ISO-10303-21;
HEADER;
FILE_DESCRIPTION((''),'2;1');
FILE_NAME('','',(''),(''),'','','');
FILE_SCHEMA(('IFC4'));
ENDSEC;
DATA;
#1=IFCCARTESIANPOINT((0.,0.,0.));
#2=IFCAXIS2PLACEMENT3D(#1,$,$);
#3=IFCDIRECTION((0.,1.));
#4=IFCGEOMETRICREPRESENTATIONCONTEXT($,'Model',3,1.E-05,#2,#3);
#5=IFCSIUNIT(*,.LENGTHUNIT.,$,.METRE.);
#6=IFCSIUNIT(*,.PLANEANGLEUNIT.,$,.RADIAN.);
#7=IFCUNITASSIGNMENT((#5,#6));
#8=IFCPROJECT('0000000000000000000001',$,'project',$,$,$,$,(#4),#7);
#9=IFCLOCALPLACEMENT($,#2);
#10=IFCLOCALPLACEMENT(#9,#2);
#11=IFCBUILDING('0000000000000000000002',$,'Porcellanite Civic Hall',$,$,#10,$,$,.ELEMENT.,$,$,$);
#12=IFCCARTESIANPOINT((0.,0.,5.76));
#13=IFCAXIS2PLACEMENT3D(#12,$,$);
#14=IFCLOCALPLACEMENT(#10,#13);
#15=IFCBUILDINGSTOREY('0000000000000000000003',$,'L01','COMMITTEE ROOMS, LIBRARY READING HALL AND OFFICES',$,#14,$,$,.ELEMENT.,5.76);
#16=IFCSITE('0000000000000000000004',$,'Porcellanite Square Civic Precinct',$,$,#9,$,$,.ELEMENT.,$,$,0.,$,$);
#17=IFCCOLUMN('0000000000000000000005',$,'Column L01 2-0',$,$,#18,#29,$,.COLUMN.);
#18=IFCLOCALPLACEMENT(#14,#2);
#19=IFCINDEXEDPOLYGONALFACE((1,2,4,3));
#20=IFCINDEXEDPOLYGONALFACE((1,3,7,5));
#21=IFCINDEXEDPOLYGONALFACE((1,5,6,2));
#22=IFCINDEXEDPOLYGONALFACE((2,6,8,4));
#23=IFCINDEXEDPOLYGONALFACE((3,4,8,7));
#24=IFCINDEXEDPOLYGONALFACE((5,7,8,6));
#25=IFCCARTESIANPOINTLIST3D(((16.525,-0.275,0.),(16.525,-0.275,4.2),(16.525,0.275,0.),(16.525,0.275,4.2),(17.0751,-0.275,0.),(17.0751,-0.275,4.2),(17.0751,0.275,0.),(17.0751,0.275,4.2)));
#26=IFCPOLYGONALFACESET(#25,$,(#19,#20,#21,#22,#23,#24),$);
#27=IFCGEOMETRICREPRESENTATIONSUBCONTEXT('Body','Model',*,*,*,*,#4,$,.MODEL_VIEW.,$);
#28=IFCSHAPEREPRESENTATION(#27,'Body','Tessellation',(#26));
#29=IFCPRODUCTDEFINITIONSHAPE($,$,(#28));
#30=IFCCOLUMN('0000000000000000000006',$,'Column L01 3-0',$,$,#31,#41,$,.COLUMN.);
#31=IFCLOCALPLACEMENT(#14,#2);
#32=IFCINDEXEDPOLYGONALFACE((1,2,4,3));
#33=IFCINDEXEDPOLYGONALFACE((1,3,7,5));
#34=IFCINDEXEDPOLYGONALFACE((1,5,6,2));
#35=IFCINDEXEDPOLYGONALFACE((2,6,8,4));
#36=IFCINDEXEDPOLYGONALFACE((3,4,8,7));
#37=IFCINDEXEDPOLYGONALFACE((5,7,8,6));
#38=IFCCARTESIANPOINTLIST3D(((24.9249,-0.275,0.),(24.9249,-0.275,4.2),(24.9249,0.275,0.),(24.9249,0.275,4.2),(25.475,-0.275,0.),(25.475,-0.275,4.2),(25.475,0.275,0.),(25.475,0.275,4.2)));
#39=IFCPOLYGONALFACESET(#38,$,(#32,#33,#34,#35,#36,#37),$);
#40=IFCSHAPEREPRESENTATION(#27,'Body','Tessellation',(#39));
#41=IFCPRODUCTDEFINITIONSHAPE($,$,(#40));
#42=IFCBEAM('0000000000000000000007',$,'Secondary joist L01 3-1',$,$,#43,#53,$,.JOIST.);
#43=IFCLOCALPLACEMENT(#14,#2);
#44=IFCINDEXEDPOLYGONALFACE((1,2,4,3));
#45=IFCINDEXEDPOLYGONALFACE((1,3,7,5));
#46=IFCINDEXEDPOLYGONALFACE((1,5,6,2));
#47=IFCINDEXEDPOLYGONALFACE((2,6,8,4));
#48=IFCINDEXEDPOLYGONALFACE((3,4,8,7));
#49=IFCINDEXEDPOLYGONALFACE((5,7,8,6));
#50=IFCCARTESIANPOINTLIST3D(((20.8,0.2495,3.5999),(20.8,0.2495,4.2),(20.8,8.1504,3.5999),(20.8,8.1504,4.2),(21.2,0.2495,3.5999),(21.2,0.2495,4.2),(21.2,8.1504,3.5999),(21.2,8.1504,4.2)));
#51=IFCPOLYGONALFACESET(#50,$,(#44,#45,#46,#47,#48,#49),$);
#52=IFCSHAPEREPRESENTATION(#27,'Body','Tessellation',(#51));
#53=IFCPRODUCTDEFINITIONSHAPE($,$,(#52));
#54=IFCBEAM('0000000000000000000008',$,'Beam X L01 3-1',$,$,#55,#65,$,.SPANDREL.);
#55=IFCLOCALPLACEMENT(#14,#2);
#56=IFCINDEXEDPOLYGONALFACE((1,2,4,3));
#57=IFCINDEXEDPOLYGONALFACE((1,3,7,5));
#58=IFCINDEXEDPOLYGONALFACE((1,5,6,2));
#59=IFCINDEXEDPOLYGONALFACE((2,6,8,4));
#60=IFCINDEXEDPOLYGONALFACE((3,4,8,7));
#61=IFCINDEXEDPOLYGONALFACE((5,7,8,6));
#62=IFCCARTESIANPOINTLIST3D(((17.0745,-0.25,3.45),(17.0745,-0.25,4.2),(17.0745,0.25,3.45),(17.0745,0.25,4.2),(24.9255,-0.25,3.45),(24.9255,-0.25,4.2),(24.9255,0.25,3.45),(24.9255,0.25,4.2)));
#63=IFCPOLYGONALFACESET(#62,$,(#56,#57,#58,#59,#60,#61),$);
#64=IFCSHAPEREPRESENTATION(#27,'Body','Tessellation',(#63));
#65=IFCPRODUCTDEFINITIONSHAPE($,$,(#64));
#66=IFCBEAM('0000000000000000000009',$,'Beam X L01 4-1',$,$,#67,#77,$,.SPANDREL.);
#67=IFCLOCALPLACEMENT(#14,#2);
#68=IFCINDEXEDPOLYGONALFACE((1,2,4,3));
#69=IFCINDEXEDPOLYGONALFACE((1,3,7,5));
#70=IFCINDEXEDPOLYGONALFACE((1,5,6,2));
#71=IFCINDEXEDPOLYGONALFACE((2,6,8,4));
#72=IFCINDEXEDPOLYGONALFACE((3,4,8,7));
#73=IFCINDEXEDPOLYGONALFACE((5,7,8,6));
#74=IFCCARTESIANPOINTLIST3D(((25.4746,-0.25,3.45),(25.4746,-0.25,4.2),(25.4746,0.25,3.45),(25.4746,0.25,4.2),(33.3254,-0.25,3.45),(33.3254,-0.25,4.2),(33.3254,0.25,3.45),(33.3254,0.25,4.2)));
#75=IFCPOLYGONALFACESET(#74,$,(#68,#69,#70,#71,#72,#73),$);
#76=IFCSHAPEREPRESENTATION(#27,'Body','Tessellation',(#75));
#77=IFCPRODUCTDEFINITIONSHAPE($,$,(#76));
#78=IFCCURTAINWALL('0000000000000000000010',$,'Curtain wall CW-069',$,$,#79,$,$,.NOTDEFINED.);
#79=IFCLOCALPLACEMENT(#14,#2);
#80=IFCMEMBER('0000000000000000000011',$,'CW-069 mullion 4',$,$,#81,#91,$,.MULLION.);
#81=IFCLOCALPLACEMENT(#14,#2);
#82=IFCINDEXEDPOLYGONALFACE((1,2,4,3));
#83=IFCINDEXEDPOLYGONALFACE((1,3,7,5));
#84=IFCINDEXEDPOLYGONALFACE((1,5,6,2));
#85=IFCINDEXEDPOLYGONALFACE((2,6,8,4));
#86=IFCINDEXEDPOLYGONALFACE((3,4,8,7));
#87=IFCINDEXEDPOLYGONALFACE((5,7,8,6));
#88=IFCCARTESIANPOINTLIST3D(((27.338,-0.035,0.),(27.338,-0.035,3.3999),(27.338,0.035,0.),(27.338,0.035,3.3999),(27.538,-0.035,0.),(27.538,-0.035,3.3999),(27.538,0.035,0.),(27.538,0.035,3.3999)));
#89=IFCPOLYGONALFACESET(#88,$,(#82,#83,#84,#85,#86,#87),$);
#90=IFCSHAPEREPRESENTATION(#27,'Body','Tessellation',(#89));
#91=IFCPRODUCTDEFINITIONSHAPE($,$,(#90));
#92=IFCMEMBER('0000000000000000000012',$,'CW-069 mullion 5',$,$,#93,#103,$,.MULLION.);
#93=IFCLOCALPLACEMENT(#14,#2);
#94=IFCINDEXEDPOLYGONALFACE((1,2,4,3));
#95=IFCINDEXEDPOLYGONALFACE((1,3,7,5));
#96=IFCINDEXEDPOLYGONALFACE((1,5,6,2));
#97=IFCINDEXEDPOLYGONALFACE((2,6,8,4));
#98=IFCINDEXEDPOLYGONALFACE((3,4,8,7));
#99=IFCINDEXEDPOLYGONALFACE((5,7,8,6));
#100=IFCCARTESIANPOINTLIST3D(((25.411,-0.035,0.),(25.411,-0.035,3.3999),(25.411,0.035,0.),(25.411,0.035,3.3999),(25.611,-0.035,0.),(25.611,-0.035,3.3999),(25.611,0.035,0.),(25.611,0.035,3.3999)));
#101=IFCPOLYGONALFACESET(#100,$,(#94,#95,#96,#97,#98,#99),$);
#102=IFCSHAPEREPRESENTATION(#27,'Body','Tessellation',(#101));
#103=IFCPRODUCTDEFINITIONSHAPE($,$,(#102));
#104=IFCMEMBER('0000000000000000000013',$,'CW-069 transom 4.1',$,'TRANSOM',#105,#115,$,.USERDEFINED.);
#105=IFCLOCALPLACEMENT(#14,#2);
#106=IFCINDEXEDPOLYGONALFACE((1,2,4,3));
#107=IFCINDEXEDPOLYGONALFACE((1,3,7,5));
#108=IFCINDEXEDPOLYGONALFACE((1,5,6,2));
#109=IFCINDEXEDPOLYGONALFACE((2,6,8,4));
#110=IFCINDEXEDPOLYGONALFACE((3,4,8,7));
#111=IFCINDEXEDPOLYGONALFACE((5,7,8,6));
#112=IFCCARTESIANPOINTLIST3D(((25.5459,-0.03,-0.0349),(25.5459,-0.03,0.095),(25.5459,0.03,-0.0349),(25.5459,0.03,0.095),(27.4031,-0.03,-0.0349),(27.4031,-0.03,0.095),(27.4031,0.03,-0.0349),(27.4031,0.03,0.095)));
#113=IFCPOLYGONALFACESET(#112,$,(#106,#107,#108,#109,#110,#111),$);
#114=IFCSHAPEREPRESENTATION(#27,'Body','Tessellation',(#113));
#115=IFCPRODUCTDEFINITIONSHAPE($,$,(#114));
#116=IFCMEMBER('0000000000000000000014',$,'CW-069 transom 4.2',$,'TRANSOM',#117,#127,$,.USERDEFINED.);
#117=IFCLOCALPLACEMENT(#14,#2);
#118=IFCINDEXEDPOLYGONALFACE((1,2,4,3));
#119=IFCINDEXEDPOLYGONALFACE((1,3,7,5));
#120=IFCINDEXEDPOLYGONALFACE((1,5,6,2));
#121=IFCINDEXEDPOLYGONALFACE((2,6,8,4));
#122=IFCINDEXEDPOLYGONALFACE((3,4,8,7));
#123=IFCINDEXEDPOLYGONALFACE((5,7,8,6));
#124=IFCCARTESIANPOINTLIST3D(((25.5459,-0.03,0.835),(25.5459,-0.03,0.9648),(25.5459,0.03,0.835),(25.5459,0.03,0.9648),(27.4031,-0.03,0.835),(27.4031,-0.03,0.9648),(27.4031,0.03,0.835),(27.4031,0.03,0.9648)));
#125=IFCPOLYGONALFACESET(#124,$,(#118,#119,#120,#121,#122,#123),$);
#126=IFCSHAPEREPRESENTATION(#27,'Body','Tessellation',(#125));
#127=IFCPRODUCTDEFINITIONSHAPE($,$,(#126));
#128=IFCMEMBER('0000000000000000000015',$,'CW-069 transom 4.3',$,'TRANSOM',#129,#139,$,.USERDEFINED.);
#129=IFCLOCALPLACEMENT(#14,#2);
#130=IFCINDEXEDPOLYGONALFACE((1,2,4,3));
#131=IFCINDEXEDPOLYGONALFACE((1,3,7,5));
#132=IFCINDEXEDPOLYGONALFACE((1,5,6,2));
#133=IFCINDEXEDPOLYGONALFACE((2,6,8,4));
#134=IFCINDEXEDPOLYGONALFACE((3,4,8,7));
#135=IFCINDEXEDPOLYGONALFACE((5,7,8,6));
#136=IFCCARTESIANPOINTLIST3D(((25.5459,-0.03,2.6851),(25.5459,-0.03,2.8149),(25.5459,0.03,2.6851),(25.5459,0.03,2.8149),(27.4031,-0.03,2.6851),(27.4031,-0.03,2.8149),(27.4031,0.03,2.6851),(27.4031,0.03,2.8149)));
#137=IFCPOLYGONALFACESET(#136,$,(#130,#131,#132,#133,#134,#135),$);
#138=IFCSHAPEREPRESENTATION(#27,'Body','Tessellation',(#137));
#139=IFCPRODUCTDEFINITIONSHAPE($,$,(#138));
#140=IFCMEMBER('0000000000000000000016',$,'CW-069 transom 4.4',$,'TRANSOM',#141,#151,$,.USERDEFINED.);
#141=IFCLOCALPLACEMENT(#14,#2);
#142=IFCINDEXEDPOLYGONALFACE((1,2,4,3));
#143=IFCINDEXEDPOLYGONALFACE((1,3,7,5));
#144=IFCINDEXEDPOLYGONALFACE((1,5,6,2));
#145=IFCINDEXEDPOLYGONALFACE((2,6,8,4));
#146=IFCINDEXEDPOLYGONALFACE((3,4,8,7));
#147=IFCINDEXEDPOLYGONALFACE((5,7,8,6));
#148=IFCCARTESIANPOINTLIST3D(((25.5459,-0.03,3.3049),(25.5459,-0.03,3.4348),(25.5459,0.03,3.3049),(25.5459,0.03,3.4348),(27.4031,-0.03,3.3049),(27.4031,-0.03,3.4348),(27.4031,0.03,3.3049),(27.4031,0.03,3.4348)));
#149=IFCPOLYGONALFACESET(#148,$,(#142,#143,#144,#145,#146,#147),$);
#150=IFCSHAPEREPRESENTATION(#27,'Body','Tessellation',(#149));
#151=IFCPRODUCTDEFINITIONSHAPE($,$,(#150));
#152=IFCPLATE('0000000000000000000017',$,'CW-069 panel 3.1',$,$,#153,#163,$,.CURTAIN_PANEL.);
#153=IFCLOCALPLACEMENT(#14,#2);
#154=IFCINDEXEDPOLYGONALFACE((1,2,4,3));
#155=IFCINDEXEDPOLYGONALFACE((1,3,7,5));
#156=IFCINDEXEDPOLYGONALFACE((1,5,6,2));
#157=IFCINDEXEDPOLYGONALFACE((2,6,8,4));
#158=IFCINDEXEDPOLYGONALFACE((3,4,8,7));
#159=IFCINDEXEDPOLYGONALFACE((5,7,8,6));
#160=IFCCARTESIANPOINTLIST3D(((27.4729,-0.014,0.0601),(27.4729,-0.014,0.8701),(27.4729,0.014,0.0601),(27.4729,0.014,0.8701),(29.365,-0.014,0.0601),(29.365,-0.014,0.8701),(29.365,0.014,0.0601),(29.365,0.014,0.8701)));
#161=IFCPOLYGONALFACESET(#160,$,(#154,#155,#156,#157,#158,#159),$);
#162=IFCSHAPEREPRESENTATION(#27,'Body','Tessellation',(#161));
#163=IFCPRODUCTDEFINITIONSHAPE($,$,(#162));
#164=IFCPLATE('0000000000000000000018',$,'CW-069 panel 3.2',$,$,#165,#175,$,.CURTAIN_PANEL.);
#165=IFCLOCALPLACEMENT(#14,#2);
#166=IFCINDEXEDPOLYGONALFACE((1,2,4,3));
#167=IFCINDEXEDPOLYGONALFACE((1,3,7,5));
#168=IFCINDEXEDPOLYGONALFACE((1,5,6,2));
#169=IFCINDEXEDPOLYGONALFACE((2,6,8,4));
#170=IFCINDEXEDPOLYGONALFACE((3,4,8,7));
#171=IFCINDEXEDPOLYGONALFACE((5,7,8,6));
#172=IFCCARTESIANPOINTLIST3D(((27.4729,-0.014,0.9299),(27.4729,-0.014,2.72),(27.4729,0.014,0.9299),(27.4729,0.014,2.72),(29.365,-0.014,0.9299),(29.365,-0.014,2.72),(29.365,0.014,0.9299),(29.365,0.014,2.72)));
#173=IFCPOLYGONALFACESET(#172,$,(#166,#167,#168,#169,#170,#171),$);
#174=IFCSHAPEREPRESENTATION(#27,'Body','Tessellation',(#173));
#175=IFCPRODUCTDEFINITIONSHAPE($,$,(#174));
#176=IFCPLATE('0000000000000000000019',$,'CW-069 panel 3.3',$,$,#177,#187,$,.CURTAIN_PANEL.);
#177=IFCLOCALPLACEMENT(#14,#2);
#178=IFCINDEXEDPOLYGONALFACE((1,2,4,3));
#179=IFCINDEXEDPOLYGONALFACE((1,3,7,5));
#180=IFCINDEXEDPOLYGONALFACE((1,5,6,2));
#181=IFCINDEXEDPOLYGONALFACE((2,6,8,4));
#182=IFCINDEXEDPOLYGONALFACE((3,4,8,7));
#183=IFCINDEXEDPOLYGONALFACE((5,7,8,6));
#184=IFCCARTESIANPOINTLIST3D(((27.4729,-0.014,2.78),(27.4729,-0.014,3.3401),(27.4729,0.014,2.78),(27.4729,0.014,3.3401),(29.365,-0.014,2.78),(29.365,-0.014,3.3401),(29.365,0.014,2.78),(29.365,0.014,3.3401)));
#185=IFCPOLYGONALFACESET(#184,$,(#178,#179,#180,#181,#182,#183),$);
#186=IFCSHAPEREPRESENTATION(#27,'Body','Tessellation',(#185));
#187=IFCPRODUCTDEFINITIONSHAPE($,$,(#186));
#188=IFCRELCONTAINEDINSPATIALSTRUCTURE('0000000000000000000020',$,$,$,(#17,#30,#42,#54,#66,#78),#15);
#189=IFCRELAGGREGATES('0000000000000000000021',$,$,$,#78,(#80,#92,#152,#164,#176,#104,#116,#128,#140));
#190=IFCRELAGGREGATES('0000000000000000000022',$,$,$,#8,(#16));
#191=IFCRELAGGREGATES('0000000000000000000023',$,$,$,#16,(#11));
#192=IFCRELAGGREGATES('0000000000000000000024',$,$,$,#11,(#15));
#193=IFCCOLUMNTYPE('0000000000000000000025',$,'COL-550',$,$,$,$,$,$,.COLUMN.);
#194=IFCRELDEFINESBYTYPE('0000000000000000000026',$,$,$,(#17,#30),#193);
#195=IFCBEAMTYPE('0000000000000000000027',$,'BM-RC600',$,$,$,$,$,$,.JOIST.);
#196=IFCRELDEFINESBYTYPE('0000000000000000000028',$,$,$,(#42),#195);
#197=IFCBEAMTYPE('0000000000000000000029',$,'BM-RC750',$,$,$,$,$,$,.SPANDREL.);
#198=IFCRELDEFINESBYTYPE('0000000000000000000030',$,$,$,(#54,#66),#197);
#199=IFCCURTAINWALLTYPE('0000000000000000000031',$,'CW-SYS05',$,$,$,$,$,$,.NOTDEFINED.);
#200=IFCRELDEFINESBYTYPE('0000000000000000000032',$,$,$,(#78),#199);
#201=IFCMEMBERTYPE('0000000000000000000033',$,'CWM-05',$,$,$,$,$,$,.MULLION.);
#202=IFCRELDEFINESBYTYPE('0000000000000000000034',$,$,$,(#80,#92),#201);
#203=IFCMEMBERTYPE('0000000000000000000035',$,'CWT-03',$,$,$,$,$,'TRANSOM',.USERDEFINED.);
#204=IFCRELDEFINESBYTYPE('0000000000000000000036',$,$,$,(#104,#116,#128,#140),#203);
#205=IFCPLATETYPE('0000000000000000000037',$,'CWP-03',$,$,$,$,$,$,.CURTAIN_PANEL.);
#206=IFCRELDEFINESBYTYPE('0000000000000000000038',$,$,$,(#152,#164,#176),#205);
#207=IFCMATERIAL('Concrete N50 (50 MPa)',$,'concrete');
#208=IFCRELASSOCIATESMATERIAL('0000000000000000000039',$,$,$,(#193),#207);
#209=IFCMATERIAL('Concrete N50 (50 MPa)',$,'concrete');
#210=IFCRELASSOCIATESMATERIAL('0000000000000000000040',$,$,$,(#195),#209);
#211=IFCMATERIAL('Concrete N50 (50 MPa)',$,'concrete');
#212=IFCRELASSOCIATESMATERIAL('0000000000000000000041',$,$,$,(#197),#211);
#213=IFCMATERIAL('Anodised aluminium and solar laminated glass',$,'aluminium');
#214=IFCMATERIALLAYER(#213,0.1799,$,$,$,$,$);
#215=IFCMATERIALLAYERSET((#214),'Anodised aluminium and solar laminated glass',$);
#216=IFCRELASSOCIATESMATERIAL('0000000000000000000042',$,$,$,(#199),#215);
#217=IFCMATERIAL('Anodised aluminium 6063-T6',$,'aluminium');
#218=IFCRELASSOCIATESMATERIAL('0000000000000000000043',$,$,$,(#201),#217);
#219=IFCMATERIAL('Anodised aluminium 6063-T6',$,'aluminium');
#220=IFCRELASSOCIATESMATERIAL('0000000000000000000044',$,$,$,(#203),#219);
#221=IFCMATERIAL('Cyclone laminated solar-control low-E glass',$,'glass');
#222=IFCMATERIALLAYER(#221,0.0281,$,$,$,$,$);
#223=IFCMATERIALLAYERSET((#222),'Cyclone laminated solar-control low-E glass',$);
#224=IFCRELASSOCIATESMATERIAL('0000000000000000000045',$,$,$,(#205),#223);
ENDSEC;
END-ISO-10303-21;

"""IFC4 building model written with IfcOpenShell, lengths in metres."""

from ifc_helpers import new_model, si_unit, direction, frame, origin, origin_2d, place, context, subcontext, project, spatial, rectangle, extrude, material, layer, layer_set, material_profile, profile_set, type_object, element, aggregate, save


model = new_model("IFC4")

# Units and contexts
model_context = context("Model", 3, precision=1e-05, world=origin(), true_north=direction((0.0, 1.0)))
body_context = subcontext(model_context, "Body", "Model", "MODEL_VIEW")
ifc_project = project(units=[si_unit("LENGTHUNIT", "METRE"), si_unit("PLANEANGLEUNIT", "RADIAN")], contexts=[model_context])

# Site, building, storey
site_placement = place(None, origin())
site = spatial("IfcSite", under=ifc_project, at=site_placement, Name="Porcellanite Square Civic Precinct", CompositionType="ELEMENT", RefElevation=0.0)
building_placement = place(site_placement, origin())
building = spatial("IfcBuilding", under=site, at=building_placement, Name="Porcellanite Civic Hall", CompositionType="ELEMENT")
storey_placement = place(building_placement, frame((0.0, 0.0, 5.76)))
storey = spatial("IfcBuildingStorey", under=building, at=storey_placement, Name="L01", Description="COMMITTEE ROOMS, LIBRARY READING HALL AND OFFICES", CompositionType="ELEMENT", Elevation=5.76)

# Columns
ifc_material_1 = material(Name="Concrete N50 (50 MPa)", Category="concrete")
ifc_material_profile_1 = material_profile(ifc_material_1, rectangle(XDim=0.55, YDim=0.55, at=origin_2d()), Name="RC-550x550")
ifc_profile_set_1 = profile_set([ifc_material_profile_1], Name="Concrete N50 (50 MPa)")
column_type = type_object("IfcColumnType", Name="COL-550", PredefinedType="COLUMN", material=ifc_profile_set_1)
for number, where, z_axis, x_axis, name in (
    (1, (16.8, 0.0, 0.0), (0.0, 0.0, 1.0), (1.0, 0.0, 0.0), "Column L01 2-0"),
    (2, (25.2, 0.0, 0.0), (0.0, 0.0, 1.0), (1.0, 0.0, 0.0), "Column L01 3-0"),
):
    element("IfcColumn", number, at=place(storey_placement, frame(where, z_axis=z_axis, x_axis=x_axis)), inside=storey, type_object=column_type, Name=name, PredefinedType="COLUMN", context=body_context, shape_type="SweptSolid", body=[
        extrude(rectangle(XDim=0.55, YDim=0.55, at=origin_2d()), origin(), (0.0, 0.0, 1.0), 4.2),
    ])

# Beams
ifc_material_2 = material(Name="Concrete N50 (50 MPa)", Category="concrete")
ifc_material_profile_2 = material_profile(ifc_material_2, rectangle(XDim=0.3999, YDim=0.6001, at=origin_2d()), Name="RC-400x600")
ifc_profile_set_2 = profile_set([ifc_material_profile_2], Name="Concrete N50 (50 MPa)")
beam_type_1 = type_object("IfcBeamType", Name="BM-RC600", PredefinedType="JOIST", material=ifc_profile_set_2)
beam_1_placement = place(storey_placement, frame((21.0, 0.2495, 3.8999), z_axis=(0.0, 1.0, 0.0), x_axis=(-1.0, 0.0, 0.0)))
element("IfcBeam", 3, at=beam_1_placement, inside=storey, type_object=beam_type_1, Name="Secondary joist L01 3-1", PredefinedType="JOIST", context=body_context, shape_type="SweptSolid", body=[
    extrude(rectangle(XDim=0.3999, YDim=0.6001, at=origin_2d()), origin(), (0.0, 0.0, 1.0), 7.9009),
])
ifc_material_3 = material(Name="Concrete N50 (50 MPa)", Category="concrete")
ifc_material_profile_3 = material_profile(ifc_material_3, rectangle(XDim=0.5, YDim=0.75, at=origin_2d()), Name="RC-500x750")
ifc_profile_set_3 = profile_set([ifc_material_profile_3], Name="Concrete N50 (50 MPa)")
beam_type_2 = type_object("IfcBeamType", Name="BM-RC750", PredefinedType="SPANDREL", material=ifc_profile_set_3)
beam_2_placement = place(storey_placement, frame((17.0745, 0.0, 3.825), z_axis=(1.0, 0.0, 0.0), x_axis=(0.0, 1.0, 0.0)))
element("IfcBeam", 4, at=beam_2_placement, inside=storey, type_object=beam_type_2, Name="Beam X L01 3-1", PredefinedType="SPANDREL", context=body_context, shape_type="SweptSolid", body=[
    extrude(rectangle(XDim=0.5, YDim=0.75, at=origin_2d()), origin(), (0.0, 0.0, 1.0), 7.8511),
])
beam_3_placement = place(storey_placement, frame((25.4746, 0.0, 3.825), z_axis=(1.0, 0.0, 0.0), x_axis=(0.0, 1.0, 0.0)))
element("IfcBeam", 5, at=beam_3_placement, inside=storey, type_object=beam_type_2, Name="Beam X L01 4-1", PredefinedType="SPANDREL", context=body_context, shape_type="SweptSolid", body=[
    extrude(rectangle(XDim=0.5, YDim=0.75, at=origin_2d()), origin(), (0.0, 0.0, 1.0), 7.8508),
])

# Curtain wall, members, plates
ifc_material_4 = material(Name="Anodised aluminium and solar laminated glass", Category="aluminium")
ifc_layer_1 = layer(ifc_material_4, 0.1799)
ifc_layer_set_1 = layer_set([ifc_layer_1], Name="Anodised aluminium and solar laminated glass")
curtain_wall_type = type_object("IfcCurtainWallType", Name="CW-SYS05", PredefinedType="NOTDEFINED", material=ifc_layer_set_1)
curtain_wall_placement = place(storey_placement, origin())
curtain_wall = element("IfcCurtainWall", 6, at=curtain_wall_placement, inside=storey, type_object=curtain_wall_type, Name="Curtain wall CW-069", PredefinedType="NOTDEFINED")
ifc_material_5 = material(Name="Anodised aluminium 6063-T6", Category="aluminium")
ifc_material_profile_4 = material_profile(ifc_material_5, rectangle(XDim=0.0701, YDim=0.2, at=origin_2d()), Name="AL-70x200")
ifc_profile_set_4 = profile_set([ifc_material_profile_4], Name="Anodised aluminium 6063-T6")
member_type_1 = type_object("IfcMemberType", Name="CWM-05", PredefinedType="MULLION", material=ifc_profile_set_4)
member_1_placement = place(storey_placement, frame((27.438, 0.0, 0.0), z_axis=(0.0, 0.0, 1.0), x_axis=(0.0, -1.0, 0.0)))
member_1 = element("IfcMember", 7, at=member_1_placement, type_object=member_type_1, Name="CW-069 mullion 4", PredefinedType="MULLION", context=body_context, shape_type="SweptSolid", body=[
    extrude(rectangle(XDim=0.0701, YDim=0.2, at=origin_2d()), origin(), (0.0, 0.0, 1.0), 3.3999),
])
member_2_placement = place(storey_placement, frame((25.511, 0.0, 0.0), z_axis=(0.0, 0.0, 1.0), x_axis=(0.0, -1.0, 0.0)))
member_2 = element("IfcMember", 8, at=member_2_placement, type_object=member_type_1, Name="CW-069 mullion 5", PredefinedType="MULLION", context=body_context, shape_type="SweptSolid", body=[
    extrude(rectangle(XDim=0.0701, YDim=0.2, at=origin_2d()), origin(), (0.0, 0.0, 1.0), 3.3999),
])
ifc_material_6 = material(Name="Anodised aluminium 6063-T6", Category="aluminium")
ifc_material_profile_5 = material_profile(ifc_material_6, rectangle(XDim=0.0601, YDim=0.1299, at=origin_2d()), Name="AL-60x130")
ifc_profile_set_5 = profile_set([ifc_material_profile_5], Name="Anodised aluminium 6063-T6")
member_type_2 = type_object("IfcMemberType", Name="CWT-03", ElementType="TRANSOM", PredefinedType="USERDEFINED", material=ifc_profile_set_5)
member_3_placement = place(storey_placement, frame((27.4031, 0.0, 0.03), z_axis=(-1.0, 0.0, 0.0), x_axis=(0.0, -1.0, 0.0)))
member_3 = element("IfcMember", 9, at=member_3_placement, type_object=member_type_2, Name="CW-069 transom 4.1", ObjectType="TRANSOM", PredefinedType="USERDEFINED", context=body_context, shape_type="SweptSolid", body=[
    extrude(rectangle(XDim=0.0601, YDim=0.1299, at=origin_2d()), origin(), (0.0, 0.0, 1.0), 1.8572),
])
member_4_placement = place(storey_placement, frame((27.4031, 0.0, 0.8999), z_axis=(-1.0, 0.0, 0.0), x_axis=(0.0, -1.0, 0.0)))
member_4 = element("IfcMember", 10, at=member_4_placement, type_object=member_type_2, Name="CW-069 transom 4.2", ObjectType="TRANSOM", PredefinedType="USERDEFINED", context=body_context, shape_type="SweptSolid", body=[
    extrude(rectangle(XDim=0.0601, YDim=0.1299, at=origin_2d()), origin(), (0.0, 0.0, 1.0), 1.8572),
])
member_5_placement = place(storey_placement, frame((27.4031, 0.0, 2.75), z_axis=(-1.0, 0.0, 0.0), x_axis=(0.0, -1.0, 0.0)))
member_5 = element("IfcMember", 11, at=member_5_placement, type_object=member_type_2, Name="CW-069 transom 4.3", ObjectType="TRANSOM", PredefinedType="USERDEFINED", context=body_context, shape_type="SweptSolid", body=[
    extrude(rectangle(XDim=0.0601, YDim=0.1299, at=origin_2d()), origin(), (0.0, 0.0, 1.0), 1.8572),
])
member_6_placement = place(storey_placement, frame((27.4031, 0.0, 3.3699), z_axis=(-1.0, 0.0, 0.0), x_axis=(0.0, -1.0, 0.0)))
member_6 = element("IfcMember", 12, at=member_6_placement, type_object=member_type_2, Name="CW-069 transom 4.4", ObjectType="TRANSOM", PredefinedType="USERDEFINED", context=body_context, shape_type="SweptSolid", body=[
    extrude(rectangle(XDim=0.0601, YDim=0.1299, at=origin_2d()), origin(), (0.0, 0.0, 1.0), 1.8572),
])
ifc_material_7 = material(Name="Cyclone laminated solar-control low-E glass", Category="glass")
ifc_layer_2 = layer(ifc_material_7, 0.0281)
ifc_layer_set_2 = layer_set([ifc_layer_2], Name="Cyclone laminated solar-control low-E glass")
plate_type = type_object("IfcPlateType", Name="CWP-03", PredefinedType="CURTAIN_PANEL", material=ifc_layer_set_2)
plate_1_placement = place(storey_placement, frame((28.4189, 0.0, 0.0601), z_axis=(0.0, 0.0, 1.0), x_axis=(-1.0, 0.0, 0.0)))
plate_1 = element("IfcPlate", 13, at=plate_1_placement, type_object=plate_type, Name="CW-069 panel 3.1", PredefinedType="CURTAIN_PANEL", context=body_context, shape_type="SweptSolid", body=[
    extrude(rectangle(XDim=1.8921, YDim=0.0281, at=origin_2d()), origin(), (0.0, 0.0, 1.0), 0.8101),
])
plate_2_placement = place(storey_placement, frame((28.4189, 0.0, 0.9299), z_axis=(0.0, 0.0, 1.0), x_axis=(-1.0, 0.0, 0.0)))
plate_2 = element("IfcPlate", 14, at=plate_2_placement, type_object=plate_type, Name="CW-069 panel 3.2", PredefinedType="CURTAIN_PANEL", context=body_context, shape_type="SweptSolid", body=[
    extrude(rectangle(XDim=1.8921, YDim=0.0281, at=origin_2d()), origin(), (0.0, 0.0, 1.0), 1.79),
])
plate_3_placement = place(storey_placement, frame((28.4189, 0.0, 2.78), z_axis=(0.0, 0.0, 1.0), x_axis=(-1.0, 0.0, 0.0)))
plate_3 = element("IfcPlate", 15, at=plate_3_placement, type_object=plate_type, Name="CW-069 panel 3.3", PredefinedType="CURTAIN_PANEL", context=body_context, shape_type="SweptSolid", body=[
    extrude(rectangle(XDim=1.8921, YDim=0.0281, at=origin_2d()), origin(), (0.0, 0.0, 1.0), 0.5601),
])
aggregate(curtain_wall, [member_1, member_2, plate_1, plate_2, plate_3, member_3, member_4, member_5, member_6])

save(model, "model.ifc")
